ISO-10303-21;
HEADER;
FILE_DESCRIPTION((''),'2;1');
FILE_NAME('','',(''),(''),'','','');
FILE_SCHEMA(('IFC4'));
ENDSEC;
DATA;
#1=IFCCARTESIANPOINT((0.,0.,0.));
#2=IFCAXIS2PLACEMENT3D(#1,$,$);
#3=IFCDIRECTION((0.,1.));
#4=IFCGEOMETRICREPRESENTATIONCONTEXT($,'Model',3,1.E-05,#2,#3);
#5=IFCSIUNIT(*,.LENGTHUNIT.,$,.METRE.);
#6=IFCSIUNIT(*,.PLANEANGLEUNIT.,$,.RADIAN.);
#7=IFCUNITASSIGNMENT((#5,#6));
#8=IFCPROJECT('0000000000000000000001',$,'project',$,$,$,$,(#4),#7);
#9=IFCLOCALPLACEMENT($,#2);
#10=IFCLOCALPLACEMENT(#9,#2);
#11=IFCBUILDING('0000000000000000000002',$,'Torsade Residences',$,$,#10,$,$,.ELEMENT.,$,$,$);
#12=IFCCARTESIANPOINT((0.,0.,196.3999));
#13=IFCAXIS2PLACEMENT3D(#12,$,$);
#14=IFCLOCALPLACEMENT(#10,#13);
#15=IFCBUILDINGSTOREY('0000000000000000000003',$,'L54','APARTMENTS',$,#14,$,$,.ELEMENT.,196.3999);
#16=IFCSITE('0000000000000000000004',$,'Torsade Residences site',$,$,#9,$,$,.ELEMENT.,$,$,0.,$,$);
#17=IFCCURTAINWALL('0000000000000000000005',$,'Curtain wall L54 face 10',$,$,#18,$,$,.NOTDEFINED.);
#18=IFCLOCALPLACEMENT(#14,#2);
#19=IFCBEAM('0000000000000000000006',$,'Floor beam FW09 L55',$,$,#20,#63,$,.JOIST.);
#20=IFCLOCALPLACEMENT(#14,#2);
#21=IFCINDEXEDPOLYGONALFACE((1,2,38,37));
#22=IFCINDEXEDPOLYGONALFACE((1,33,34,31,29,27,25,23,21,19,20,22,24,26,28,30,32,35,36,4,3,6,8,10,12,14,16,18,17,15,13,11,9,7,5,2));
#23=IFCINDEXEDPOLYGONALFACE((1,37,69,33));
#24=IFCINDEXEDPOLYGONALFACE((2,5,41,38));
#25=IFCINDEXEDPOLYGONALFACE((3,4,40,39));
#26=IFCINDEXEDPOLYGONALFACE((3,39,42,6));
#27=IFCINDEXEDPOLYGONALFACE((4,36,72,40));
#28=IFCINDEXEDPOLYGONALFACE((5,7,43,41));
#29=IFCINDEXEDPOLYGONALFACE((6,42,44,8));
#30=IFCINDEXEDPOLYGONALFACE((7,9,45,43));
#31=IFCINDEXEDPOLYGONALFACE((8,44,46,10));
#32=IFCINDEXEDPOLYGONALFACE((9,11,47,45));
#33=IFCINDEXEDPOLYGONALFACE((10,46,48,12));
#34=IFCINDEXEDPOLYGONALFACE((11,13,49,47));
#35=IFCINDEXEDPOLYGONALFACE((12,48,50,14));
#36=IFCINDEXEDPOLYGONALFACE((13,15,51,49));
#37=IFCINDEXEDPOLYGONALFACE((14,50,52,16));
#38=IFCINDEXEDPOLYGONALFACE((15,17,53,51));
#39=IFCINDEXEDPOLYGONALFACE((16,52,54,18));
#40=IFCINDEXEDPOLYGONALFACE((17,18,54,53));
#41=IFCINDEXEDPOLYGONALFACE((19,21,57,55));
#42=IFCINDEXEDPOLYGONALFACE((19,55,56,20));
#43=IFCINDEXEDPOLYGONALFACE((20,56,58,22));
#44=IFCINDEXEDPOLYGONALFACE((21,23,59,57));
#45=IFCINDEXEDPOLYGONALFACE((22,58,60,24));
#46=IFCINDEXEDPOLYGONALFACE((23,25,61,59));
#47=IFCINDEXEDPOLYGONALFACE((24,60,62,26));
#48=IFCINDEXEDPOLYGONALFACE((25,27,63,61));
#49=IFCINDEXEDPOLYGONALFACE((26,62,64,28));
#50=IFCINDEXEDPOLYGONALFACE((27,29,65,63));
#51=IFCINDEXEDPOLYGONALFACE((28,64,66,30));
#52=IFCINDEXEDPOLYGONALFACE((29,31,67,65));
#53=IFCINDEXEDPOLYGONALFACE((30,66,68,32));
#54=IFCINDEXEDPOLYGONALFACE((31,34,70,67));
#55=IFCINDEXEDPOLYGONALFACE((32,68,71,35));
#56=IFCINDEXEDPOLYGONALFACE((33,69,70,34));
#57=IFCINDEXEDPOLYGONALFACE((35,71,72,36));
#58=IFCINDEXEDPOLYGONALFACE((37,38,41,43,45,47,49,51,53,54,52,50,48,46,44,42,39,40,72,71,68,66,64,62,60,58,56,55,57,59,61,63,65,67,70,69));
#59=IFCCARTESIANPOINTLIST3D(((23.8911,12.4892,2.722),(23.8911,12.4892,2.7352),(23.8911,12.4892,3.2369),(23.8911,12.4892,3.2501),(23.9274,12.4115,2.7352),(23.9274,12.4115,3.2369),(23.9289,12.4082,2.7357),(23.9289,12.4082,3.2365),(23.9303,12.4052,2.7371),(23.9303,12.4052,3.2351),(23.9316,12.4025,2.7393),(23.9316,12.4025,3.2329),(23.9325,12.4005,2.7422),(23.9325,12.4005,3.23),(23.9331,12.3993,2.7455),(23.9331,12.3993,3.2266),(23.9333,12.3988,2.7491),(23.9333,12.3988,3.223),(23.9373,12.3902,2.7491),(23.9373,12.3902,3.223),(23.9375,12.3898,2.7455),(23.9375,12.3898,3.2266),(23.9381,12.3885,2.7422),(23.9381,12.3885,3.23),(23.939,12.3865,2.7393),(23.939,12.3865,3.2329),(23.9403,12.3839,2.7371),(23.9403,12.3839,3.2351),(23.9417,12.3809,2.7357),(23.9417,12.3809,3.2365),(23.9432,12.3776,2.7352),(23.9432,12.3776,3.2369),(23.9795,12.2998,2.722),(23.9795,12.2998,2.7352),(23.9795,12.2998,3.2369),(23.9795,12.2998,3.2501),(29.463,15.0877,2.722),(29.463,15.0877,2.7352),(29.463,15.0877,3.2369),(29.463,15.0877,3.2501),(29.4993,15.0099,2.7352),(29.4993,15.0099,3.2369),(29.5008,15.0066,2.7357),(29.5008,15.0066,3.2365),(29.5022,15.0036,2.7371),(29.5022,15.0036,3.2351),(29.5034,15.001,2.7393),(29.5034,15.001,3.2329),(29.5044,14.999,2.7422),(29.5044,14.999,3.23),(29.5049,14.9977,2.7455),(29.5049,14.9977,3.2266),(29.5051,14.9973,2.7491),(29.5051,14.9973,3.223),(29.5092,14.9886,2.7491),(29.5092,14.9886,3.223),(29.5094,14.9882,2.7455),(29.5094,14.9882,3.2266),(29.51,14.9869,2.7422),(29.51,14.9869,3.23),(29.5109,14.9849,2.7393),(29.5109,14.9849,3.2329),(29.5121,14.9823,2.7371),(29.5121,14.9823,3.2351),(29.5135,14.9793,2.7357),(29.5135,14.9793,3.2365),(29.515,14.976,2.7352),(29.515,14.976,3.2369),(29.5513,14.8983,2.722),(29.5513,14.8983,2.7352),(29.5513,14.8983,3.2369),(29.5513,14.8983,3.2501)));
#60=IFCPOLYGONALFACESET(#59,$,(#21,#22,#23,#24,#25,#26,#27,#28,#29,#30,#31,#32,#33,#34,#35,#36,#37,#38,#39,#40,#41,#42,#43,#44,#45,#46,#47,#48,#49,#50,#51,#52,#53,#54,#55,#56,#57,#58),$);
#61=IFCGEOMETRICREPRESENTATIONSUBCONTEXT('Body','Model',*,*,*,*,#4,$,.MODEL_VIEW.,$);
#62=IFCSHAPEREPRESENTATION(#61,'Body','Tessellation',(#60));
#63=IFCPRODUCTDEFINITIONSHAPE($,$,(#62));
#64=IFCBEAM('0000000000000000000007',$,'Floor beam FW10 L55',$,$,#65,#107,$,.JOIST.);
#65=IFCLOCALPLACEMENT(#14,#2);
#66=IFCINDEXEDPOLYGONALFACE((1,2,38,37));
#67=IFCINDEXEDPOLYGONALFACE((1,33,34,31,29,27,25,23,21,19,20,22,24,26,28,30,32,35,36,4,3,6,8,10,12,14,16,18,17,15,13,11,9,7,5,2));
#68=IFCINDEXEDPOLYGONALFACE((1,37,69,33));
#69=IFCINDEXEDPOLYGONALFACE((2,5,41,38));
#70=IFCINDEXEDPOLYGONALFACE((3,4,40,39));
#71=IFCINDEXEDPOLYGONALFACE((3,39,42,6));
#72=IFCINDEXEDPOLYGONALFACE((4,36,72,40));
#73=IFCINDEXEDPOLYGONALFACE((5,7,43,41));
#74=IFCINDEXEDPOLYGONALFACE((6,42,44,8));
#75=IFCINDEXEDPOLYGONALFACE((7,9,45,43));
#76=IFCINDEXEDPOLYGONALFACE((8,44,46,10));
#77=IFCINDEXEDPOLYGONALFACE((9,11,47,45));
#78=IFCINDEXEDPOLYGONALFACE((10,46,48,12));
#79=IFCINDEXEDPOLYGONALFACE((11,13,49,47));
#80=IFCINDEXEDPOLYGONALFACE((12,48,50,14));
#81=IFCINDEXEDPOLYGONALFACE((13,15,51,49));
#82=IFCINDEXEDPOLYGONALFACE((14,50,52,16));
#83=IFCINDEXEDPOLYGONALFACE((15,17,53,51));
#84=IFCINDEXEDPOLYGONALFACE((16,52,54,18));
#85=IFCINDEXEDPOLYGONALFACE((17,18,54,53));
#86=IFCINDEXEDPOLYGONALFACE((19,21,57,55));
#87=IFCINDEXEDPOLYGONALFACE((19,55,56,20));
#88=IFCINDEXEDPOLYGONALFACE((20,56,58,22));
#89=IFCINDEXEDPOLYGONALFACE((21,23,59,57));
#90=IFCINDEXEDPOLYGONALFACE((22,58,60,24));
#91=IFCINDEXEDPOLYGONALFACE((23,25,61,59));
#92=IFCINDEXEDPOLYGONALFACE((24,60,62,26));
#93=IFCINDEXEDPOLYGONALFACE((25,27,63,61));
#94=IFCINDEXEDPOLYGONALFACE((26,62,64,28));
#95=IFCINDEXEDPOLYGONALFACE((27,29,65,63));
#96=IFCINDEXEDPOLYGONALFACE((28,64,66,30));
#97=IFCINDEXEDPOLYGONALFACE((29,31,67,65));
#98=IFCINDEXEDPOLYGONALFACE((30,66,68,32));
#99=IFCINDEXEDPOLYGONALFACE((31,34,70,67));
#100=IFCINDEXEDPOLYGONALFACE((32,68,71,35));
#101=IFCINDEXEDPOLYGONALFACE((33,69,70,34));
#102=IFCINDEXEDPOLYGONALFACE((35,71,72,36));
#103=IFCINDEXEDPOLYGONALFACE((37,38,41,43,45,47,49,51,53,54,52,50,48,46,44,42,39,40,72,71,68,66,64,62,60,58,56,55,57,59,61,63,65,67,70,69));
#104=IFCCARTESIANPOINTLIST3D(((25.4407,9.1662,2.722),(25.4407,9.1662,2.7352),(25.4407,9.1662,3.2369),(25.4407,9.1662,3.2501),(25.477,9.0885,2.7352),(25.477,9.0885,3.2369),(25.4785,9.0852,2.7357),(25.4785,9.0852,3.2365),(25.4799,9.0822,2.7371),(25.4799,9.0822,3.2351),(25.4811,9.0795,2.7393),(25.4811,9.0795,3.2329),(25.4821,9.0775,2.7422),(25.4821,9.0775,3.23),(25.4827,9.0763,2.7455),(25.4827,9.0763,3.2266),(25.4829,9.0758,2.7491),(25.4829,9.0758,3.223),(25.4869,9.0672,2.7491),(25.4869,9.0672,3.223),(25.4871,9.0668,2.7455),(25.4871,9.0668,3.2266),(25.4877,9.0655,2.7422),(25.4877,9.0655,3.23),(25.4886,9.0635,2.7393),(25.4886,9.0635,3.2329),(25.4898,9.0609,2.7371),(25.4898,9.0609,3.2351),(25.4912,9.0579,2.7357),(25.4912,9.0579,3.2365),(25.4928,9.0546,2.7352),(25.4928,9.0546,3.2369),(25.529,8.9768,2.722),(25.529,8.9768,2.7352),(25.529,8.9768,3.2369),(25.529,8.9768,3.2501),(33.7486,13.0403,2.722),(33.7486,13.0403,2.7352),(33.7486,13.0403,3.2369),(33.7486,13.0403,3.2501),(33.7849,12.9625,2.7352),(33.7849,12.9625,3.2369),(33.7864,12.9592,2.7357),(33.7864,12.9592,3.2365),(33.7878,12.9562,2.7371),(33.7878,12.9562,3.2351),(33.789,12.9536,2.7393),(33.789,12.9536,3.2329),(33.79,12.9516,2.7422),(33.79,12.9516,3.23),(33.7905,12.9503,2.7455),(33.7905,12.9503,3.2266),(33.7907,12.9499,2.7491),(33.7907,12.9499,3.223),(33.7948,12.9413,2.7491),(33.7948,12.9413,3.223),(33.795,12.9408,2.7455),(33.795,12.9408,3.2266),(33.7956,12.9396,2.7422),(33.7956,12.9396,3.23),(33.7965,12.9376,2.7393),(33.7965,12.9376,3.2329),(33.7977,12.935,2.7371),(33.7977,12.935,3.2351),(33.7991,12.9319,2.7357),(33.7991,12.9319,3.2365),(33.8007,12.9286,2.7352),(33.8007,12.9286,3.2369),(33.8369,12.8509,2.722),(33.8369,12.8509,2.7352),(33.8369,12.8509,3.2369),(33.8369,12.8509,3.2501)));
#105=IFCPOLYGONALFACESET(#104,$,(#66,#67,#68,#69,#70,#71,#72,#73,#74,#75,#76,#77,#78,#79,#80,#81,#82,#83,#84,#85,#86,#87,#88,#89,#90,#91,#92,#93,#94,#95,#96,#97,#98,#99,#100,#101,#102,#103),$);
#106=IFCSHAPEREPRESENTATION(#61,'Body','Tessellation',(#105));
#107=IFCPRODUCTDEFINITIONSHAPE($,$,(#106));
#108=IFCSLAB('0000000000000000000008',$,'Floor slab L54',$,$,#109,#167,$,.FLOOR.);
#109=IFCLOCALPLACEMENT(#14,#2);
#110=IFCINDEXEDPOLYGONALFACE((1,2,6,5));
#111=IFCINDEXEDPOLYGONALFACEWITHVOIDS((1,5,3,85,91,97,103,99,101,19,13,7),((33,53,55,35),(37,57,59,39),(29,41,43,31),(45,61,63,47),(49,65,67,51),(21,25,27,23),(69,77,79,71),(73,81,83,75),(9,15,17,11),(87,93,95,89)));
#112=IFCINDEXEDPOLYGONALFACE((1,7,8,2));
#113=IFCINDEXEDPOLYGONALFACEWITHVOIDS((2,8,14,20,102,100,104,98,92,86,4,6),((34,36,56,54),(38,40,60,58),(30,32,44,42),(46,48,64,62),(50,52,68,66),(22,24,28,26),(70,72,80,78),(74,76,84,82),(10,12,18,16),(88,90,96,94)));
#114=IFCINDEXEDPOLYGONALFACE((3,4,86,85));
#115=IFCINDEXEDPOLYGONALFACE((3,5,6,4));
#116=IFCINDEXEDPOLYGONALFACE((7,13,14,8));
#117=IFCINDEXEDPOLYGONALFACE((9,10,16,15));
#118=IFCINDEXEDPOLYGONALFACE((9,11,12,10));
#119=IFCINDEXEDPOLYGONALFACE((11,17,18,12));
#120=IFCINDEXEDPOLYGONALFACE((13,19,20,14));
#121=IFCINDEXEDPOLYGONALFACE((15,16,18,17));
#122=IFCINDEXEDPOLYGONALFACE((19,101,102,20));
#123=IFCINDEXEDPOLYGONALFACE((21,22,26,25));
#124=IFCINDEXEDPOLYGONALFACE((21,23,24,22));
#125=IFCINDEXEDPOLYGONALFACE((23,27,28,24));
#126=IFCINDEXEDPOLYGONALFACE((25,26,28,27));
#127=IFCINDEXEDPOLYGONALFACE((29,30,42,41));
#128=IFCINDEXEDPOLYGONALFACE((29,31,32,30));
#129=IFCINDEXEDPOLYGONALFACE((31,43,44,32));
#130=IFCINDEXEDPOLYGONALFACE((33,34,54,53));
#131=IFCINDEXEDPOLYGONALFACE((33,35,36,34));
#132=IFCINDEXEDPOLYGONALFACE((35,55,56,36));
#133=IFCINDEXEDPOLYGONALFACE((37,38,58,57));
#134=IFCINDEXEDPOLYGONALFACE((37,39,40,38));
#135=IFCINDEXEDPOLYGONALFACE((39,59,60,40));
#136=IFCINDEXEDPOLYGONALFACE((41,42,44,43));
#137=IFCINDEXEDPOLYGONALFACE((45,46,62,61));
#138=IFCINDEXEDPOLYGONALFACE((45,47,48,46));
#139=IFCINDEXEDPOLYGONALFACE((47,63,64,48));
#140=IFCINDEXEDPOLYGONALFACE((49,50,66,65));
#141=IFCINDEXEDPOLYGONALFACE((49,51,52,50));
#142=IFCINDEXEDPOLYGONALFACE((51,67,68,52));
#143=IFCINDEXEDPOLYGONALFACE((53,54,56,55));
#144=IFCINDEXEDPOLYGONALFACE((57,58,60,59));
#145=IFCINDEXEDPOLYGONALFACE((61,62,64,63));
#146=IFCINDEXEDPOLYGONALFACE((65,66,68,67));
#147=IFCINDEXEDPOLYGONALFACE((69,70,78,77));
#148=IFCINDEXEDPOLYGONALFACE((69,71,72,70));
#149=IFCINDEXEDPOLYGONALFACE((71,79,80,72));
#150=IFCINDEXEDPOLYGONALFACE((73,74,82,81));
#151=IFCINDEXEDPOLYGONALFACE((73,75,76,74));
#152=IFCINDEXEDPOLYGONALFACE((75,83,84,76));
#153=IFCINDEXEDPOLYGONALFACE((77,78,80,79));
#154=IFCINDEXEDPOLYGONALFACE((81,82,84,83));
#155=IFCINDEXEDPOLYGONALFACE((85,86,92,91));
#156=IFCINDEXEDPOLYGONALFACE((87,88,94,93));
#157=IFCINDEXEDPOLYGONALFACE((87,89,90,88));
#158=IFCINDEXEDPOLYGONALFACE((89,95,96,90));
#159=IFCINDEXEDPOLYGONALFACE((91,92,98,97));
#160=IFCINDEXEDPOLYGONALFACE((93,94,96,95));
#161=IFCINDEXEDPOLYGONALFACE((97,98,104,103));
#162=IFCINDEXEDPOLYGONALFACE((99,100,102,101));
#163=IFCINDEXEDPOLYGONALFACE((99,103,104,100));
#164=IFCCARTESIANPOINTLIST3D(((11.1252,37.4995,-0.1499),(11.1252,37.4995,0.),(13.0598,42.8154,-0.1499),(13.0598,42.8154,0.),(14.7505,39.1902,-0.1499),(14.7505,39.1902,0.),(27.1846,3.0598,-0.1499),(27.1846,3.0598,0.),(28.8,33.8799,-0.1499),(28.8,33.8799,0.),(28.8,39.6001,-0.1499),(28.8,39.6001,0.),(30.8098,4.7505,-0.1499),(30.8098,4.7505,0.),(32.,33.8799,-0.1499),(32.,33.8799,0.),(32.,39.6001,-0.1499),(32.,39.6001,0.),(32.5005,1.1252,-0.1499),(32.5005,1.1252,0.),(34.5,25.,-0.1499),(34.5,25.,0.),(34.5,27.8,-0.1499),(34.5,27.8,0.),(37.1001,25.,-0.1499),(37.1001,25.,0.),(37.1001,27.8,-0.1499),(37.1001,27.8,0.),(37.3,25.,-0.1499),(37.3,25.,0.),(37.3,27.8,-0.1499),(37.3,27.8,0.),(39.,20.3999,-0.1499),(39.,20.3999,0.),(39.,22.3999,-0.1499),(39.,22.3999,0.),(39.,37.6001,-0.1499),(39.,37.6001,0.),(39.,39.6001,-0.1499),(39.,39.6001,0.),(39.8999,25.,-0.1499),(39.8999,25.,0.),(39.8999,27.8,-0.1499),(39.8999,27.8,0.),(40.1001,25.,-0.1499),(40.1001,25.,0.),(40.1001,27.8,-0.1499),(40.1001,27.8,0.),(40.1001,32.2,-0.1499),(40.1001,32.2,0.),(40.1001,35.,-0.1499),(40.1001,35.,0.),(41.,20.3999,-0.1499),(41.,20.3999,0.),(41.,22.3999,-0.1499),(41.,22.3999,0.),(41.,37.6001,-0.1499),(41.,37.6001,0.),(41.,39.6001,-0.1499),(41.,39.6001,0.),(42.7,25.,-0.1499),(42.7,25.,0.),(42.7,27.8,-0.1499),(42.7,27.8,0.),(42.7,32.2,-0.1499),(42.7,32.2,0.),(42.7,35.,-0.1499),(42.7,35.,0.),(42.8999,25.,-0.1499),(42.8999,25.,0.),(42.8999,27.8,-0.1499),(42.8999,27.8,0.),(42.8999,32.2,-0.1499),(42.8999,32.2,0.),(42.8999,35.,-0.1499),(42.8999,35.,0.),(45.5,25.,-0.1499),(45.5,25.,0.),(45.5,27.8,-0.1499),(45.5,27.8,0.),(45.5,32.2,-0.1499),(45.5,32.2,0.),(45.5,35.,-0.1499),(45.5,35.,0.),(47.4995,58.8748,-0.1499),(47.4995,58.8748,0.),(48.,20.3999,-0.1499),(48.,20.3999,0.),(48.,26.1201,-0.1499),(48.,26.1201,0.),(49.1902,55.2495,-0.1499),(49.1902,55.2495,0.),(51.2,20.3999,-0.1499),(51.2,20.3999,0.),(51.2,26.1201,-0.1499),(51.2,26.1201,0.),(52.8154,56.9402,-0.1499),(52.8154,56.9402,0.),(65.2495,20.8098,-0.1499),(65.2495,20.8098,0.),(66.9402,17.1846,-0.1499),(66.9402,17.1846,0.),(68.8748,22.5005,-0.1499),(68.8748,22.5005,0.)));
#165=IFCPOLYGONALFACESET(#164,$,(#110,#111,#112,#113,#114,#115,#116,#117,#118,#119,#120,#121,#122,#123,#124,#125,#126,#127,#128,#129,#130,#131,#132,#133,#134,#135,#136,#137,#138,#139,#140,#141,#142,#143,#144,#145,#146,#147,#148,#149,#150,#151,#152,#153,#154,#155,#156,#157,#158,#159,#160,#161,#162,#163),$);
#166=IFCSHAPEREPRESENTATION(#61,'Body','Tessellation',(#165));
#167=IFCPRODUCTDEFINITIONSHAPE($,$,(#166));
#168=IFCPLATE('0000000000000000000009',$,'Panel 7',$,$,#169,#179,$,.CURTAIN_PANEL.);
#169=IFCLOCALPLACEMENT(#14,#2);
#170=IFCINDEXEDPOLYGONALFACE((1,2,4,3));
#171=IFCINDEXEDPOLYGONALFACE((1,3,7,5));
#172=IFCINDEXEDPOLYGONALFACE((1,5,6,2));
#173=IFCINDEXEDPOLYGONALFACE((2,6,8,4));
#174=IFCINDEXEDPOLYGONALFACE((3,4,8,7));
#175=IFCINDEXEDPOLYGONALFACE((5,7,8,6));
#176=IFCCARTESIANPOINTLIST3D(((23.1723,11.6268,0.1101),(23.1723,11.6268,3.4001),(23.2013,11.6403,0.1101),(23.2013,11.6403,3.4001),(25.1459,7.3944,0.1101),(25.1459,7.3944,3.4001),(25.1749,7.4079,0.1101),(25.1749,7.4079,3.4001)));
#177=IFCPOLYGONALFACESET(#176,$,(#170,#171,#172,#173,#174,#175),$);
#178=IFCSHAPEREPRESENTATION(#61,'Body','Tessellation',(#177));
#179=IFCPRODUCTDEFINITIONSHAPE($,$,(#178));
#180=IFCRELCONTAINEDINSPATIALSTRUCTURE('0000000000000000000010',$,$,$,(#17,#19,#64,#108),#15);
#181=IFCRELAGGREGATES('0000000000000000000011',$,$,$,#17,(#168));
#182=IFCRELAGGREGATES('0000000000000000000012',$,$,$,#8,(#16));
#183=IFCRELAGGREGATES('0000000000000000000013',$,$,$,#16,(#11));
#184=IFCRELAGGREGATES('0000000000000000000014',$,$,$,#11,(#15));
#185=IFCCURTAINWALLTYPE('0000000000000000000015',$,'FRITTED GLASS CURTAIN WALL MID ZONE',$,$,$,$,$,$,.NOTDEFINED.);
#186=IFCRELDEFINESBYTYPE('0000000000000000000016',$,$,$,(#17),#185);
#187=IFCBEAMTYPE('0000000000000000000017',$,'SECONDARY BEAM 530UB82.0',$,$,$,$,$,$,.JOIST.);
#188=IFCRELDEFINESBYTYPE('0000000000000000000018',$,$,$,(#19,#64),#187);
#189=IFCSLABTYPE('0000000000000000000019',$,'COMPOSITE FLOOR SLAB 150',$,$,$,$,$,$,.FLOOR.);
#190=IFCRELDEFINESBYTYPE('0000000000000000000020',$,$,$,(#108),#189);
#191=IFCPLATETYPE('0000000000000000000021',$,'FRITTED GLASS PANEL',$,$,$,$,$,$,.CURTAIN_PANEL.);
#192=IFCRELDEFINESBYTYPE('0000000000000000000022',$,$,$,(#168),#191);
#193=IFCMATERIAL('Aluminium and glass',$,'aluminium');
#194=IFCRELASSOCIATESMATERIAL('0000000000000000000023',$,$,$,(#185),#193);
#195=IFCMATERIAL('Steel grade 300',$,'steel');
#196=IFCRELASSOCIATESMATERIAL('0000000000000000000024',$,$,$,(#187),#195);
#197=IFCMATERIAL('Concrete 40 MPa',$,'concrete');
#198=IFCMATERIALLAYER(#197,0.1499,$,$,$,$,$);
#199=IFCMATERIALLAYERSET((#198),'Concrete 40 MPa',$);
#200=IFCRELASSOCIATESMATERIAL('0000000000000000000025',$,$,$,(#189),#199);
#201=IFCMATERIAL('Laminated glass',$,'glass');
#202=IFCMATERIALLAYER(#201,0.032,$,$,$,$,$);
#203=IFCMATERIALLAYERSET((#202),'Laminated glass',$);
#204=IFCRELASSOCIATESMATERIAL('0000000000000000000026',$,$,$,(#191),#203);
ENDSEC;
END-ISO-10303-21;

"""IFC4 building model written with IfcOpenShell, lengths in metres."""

from ifc_helpers import new_model, si_unit, direction, frame, origin, origin_2d, place, context, subcontext, project, spatial, polyline, rectangle, i_section, outline, extrude, material, layer, layer_set, material_profile, profile_set, type_object, element, aggregate, save


model = new_model("IFC4")

# Units and contexts
model_context = context("Model", 3, precision=1e-05, world=origin(), true_north=direction((0.0, 1.0)))
body_context = subcontext(model_context, "Body", "Model", "MODEL_VIEW")
ifc_project = project(units=[si_unit("LENGTHUNIT", "METRE"), si_unit("PLANEANGLEUNIT", "RADIAN")], contexts=[model_context])

# Site, building, storey
site_placement = place(None, origin())
site = spatial("IfcSite", under=ifc_project, at=site_placement, Name="Torsade Residences site", CompositionType="ELEMENT", RefElevation=0.0)
building_placement = place(site_placement, origin())
building = spatial("IfcBuilding", under=site, at=building_placement, Name="Torsade Residences", CompositionType="ELEMENT")
storey_placement = place(building_placement, frame((0.0, 0.0, 196.3999)))
storey = spatial("IfcBuildingStorey", under=building, at=storey_placement, Name="L54", Description="APARTMENTS", CompositionType="ELEMENT", Elevation=196.3999)

# Curtain wall
ifc_material_1 = material(Name="Aluminium and glass", Category="aluminium")
curtain_wall_type = type_object("IfcCurtainWallType", Name="FRITTED GLASS CURTAIN WALL MID ZONE", PredefinedType="NOTDEFINED", material=ifc_material_1)
curtain_wall_placement = place(storey_placement, origin())
curtain_wall = element("IfcCurtainWall", 1, at=curtain_wall_placement, inside=storey, type_object=curtain_wall_type, Name="Curtain wall L54 face 10", PredefinedType="NOTDEFINED")

# Beams
ifc_material_2 = material(Name="Steel grade 300", Category="steel")
ifc_material_profile_1 = material_profile(ifc_material_2, i_section(OverallWidth=0.209, OverallDepth=0.5281, WebThickness=0.0095, FlangeThickness=0.0132, FilletRadius=0.0139, at=origin_2d()), Name="530UB82.0")
ifc_profile_set_1 = profile_set([ifc_material_profile_1], Name="Steel grade 300")
beam_type_1 = type_object("IfcBeamType", Name="SECONDARY BEAM 530UB82.0", PredefinedType="JOIST", material=ifc_profile_set_1)
beam_1_placement = place(storey_placement, frame((23.9353, 12.3945, 2.9861), z_axis=(0.906294, 0.422648, 0.0), x_axis=(-0.422648, 0.906294, 0.0)))
element("IfcBeam", 2, at=beam_1_placement, inside=storey, type_object=beam_type_1, Name="Floor beam FW09 L55", PredefinedType="JOIST", context=body_context, shape_type="SweptSolid", body=[
    extrude(i_section(OverallWidth=0.209, OverallDepth=0.5281, WebThickness=0.0095, FlangeThickness=0.0132, FilletRadius=0.0139, at=origin_2d()), origin(), (0.0, 0.0, 1.0), 6.1479),
])
beam_2_placement = place(storey_placement, frame((25.4849, 9.0715, 2.9861), z_axis=(0.906308, 0.422619, 0.0), x_axis=(-0.422619, 0.906308, 0.0)))
element("IfcBeam", 3, at=beam_2_placement, inside=storey, type_object=beam_type_1, Name="Floor beam FW10 L55", PredefinedType="JOIST", context=body_context, shape_type="SweptSolid", body=[
    extrude(i_section(OverallWidth=0.209, OverallDepth=0.5281, WebThickness=0.0095, FlangeThickness=0.0132, FilletRadius=0.0139, at=origin_2d()), origin(), (0.0, 0.0, 1.0), 9.1667),
])

# Slab
ifc_material_3 = material(Name="Concrete 40 MPa", Category="concrete")
ifc_layer_1 = layer(ifc_material_3, 0.1499)
ifc_layer_set_1 = layer_set([ifc_layer_1], Name="Concrete 40 MPa")
slab_type_1 = type_object("IfcSlabType", Name="COMPOSITE FLOOR SLAB 150", PredefinedType="FLOOR", material=ifc_layer_set_1)
slab_1_placement = place(storey_placement, frame((0.0, 0.0, -0.1499)))
element("IfcSlab", 4, at=slab_1_placement, inside=storey, type_object=slab_type_1, Name="Floor slab L54", PredefinedType="FLOOR", context=body_context, shape_type="SweptSolid", body=[
    extrude(outline(polyline([(32.5005, 1.1252), (66.9402, 17.1846), (65.2495, 20.8098), (68.8748, 22.5005), (52.8154, 56.9402), (49.1902, 55.2495), (47.4995, 58.8748), (13.0598, 42.8154), (14.7505, 39.1902), (11.1252, 37.4995), (27.1846, 3.0598), (30.8098, 4.7505), (32.5005, 1.1252)]), holes=[polyline([(51.2, 26.1201), (48.0, 26.1201), (48.0, 20.3999), (51.2, 20.3999), (51.2, 26.1201)]), polyline([(45.5, 27.8), (42.8999, 27.8), (42.8999, 25.0), (45.5, 25.0), (45.5, 27.8)]), polyline([(45.5, 35.0), (42.8999, 35.0), (42.8999, 32.2), (45.5, 32.2), (45.5, 35.0)]), polyline([(42.7, 25.0), (42.7, 27.8), (40.1001, 27.8), (40.1001, 25.0), (42.7, 25.0)]), polyline([(42.7, 35.0), (40.1001, 35.0), (40.1001, 32.2), (42.7, 32.2), (42.7, 35.0)]), polyline([(41.0, 22.3999), (39.0, 22.3999), (39.0, 20.3999), (41.0, 20.3999), (41.0, 22.3999)]), polyline([(41.0, 37.6001), (41.0, 39.6001), (39.0, 39.6001), (39.0, 37.6001), (41.0, 37.6001)]), polyline([(39.8999, 25.0), (39.8999, 27.8), (37.3, 27.8), (37.3, 25.0), (39.8999, 25.0)]), polyline([(37.1001, 27.8), (34.5, 27.8), (34.5, 25.0), (37.1001, 25.0), (37.1001, 27.8)]), polyline([(32.0, 33.8799), (32.0, 39.6001), (28.8, 39.6001), (28.8, 33.8799), (32.0, 33.8799)])]), origin(), (0.0, 0.0, 1.0), 0.1499),
])

# Plate
ifc_material_4 = material(Name="Laminated glass", Category="glass")
ifc_layer_2 = layer(ifc_material_4, 0.032)
ifc_layer_set_2 = layer_set([ifc_layer_2], Name="Laminated glass")
plate_type_1 = type_object("IfcPlateType", Name="FRITTED GLASS PANEL", PredefinedType="CURTAIN_PANEL", material=ifc_layer_set_2)
plate_1_placement = place(storey_placement, frame((24.1736, 9.5173, 0.1101), z_axis=(0.0, 0.0, 1.0), x_axis=(0.422618, -0.906308, 0.0)))
plate_1 = element("IfcPlate", 5, at=plate_1_placement, type_object=plate_type_1, Name="Panel 7", PredefinedType="CURTAIN_PANEL", context=body_context, shape_type="SweptSolid", body=[
    extrude(rectangle(XDim=4.6699, YDim=0.032, at=origin_2d()), origin(), (0.0, 0.0, 1.0), 3.29),
])
aggregate(curtain_wall, [plate_1])

save(model, "model.ifc")
